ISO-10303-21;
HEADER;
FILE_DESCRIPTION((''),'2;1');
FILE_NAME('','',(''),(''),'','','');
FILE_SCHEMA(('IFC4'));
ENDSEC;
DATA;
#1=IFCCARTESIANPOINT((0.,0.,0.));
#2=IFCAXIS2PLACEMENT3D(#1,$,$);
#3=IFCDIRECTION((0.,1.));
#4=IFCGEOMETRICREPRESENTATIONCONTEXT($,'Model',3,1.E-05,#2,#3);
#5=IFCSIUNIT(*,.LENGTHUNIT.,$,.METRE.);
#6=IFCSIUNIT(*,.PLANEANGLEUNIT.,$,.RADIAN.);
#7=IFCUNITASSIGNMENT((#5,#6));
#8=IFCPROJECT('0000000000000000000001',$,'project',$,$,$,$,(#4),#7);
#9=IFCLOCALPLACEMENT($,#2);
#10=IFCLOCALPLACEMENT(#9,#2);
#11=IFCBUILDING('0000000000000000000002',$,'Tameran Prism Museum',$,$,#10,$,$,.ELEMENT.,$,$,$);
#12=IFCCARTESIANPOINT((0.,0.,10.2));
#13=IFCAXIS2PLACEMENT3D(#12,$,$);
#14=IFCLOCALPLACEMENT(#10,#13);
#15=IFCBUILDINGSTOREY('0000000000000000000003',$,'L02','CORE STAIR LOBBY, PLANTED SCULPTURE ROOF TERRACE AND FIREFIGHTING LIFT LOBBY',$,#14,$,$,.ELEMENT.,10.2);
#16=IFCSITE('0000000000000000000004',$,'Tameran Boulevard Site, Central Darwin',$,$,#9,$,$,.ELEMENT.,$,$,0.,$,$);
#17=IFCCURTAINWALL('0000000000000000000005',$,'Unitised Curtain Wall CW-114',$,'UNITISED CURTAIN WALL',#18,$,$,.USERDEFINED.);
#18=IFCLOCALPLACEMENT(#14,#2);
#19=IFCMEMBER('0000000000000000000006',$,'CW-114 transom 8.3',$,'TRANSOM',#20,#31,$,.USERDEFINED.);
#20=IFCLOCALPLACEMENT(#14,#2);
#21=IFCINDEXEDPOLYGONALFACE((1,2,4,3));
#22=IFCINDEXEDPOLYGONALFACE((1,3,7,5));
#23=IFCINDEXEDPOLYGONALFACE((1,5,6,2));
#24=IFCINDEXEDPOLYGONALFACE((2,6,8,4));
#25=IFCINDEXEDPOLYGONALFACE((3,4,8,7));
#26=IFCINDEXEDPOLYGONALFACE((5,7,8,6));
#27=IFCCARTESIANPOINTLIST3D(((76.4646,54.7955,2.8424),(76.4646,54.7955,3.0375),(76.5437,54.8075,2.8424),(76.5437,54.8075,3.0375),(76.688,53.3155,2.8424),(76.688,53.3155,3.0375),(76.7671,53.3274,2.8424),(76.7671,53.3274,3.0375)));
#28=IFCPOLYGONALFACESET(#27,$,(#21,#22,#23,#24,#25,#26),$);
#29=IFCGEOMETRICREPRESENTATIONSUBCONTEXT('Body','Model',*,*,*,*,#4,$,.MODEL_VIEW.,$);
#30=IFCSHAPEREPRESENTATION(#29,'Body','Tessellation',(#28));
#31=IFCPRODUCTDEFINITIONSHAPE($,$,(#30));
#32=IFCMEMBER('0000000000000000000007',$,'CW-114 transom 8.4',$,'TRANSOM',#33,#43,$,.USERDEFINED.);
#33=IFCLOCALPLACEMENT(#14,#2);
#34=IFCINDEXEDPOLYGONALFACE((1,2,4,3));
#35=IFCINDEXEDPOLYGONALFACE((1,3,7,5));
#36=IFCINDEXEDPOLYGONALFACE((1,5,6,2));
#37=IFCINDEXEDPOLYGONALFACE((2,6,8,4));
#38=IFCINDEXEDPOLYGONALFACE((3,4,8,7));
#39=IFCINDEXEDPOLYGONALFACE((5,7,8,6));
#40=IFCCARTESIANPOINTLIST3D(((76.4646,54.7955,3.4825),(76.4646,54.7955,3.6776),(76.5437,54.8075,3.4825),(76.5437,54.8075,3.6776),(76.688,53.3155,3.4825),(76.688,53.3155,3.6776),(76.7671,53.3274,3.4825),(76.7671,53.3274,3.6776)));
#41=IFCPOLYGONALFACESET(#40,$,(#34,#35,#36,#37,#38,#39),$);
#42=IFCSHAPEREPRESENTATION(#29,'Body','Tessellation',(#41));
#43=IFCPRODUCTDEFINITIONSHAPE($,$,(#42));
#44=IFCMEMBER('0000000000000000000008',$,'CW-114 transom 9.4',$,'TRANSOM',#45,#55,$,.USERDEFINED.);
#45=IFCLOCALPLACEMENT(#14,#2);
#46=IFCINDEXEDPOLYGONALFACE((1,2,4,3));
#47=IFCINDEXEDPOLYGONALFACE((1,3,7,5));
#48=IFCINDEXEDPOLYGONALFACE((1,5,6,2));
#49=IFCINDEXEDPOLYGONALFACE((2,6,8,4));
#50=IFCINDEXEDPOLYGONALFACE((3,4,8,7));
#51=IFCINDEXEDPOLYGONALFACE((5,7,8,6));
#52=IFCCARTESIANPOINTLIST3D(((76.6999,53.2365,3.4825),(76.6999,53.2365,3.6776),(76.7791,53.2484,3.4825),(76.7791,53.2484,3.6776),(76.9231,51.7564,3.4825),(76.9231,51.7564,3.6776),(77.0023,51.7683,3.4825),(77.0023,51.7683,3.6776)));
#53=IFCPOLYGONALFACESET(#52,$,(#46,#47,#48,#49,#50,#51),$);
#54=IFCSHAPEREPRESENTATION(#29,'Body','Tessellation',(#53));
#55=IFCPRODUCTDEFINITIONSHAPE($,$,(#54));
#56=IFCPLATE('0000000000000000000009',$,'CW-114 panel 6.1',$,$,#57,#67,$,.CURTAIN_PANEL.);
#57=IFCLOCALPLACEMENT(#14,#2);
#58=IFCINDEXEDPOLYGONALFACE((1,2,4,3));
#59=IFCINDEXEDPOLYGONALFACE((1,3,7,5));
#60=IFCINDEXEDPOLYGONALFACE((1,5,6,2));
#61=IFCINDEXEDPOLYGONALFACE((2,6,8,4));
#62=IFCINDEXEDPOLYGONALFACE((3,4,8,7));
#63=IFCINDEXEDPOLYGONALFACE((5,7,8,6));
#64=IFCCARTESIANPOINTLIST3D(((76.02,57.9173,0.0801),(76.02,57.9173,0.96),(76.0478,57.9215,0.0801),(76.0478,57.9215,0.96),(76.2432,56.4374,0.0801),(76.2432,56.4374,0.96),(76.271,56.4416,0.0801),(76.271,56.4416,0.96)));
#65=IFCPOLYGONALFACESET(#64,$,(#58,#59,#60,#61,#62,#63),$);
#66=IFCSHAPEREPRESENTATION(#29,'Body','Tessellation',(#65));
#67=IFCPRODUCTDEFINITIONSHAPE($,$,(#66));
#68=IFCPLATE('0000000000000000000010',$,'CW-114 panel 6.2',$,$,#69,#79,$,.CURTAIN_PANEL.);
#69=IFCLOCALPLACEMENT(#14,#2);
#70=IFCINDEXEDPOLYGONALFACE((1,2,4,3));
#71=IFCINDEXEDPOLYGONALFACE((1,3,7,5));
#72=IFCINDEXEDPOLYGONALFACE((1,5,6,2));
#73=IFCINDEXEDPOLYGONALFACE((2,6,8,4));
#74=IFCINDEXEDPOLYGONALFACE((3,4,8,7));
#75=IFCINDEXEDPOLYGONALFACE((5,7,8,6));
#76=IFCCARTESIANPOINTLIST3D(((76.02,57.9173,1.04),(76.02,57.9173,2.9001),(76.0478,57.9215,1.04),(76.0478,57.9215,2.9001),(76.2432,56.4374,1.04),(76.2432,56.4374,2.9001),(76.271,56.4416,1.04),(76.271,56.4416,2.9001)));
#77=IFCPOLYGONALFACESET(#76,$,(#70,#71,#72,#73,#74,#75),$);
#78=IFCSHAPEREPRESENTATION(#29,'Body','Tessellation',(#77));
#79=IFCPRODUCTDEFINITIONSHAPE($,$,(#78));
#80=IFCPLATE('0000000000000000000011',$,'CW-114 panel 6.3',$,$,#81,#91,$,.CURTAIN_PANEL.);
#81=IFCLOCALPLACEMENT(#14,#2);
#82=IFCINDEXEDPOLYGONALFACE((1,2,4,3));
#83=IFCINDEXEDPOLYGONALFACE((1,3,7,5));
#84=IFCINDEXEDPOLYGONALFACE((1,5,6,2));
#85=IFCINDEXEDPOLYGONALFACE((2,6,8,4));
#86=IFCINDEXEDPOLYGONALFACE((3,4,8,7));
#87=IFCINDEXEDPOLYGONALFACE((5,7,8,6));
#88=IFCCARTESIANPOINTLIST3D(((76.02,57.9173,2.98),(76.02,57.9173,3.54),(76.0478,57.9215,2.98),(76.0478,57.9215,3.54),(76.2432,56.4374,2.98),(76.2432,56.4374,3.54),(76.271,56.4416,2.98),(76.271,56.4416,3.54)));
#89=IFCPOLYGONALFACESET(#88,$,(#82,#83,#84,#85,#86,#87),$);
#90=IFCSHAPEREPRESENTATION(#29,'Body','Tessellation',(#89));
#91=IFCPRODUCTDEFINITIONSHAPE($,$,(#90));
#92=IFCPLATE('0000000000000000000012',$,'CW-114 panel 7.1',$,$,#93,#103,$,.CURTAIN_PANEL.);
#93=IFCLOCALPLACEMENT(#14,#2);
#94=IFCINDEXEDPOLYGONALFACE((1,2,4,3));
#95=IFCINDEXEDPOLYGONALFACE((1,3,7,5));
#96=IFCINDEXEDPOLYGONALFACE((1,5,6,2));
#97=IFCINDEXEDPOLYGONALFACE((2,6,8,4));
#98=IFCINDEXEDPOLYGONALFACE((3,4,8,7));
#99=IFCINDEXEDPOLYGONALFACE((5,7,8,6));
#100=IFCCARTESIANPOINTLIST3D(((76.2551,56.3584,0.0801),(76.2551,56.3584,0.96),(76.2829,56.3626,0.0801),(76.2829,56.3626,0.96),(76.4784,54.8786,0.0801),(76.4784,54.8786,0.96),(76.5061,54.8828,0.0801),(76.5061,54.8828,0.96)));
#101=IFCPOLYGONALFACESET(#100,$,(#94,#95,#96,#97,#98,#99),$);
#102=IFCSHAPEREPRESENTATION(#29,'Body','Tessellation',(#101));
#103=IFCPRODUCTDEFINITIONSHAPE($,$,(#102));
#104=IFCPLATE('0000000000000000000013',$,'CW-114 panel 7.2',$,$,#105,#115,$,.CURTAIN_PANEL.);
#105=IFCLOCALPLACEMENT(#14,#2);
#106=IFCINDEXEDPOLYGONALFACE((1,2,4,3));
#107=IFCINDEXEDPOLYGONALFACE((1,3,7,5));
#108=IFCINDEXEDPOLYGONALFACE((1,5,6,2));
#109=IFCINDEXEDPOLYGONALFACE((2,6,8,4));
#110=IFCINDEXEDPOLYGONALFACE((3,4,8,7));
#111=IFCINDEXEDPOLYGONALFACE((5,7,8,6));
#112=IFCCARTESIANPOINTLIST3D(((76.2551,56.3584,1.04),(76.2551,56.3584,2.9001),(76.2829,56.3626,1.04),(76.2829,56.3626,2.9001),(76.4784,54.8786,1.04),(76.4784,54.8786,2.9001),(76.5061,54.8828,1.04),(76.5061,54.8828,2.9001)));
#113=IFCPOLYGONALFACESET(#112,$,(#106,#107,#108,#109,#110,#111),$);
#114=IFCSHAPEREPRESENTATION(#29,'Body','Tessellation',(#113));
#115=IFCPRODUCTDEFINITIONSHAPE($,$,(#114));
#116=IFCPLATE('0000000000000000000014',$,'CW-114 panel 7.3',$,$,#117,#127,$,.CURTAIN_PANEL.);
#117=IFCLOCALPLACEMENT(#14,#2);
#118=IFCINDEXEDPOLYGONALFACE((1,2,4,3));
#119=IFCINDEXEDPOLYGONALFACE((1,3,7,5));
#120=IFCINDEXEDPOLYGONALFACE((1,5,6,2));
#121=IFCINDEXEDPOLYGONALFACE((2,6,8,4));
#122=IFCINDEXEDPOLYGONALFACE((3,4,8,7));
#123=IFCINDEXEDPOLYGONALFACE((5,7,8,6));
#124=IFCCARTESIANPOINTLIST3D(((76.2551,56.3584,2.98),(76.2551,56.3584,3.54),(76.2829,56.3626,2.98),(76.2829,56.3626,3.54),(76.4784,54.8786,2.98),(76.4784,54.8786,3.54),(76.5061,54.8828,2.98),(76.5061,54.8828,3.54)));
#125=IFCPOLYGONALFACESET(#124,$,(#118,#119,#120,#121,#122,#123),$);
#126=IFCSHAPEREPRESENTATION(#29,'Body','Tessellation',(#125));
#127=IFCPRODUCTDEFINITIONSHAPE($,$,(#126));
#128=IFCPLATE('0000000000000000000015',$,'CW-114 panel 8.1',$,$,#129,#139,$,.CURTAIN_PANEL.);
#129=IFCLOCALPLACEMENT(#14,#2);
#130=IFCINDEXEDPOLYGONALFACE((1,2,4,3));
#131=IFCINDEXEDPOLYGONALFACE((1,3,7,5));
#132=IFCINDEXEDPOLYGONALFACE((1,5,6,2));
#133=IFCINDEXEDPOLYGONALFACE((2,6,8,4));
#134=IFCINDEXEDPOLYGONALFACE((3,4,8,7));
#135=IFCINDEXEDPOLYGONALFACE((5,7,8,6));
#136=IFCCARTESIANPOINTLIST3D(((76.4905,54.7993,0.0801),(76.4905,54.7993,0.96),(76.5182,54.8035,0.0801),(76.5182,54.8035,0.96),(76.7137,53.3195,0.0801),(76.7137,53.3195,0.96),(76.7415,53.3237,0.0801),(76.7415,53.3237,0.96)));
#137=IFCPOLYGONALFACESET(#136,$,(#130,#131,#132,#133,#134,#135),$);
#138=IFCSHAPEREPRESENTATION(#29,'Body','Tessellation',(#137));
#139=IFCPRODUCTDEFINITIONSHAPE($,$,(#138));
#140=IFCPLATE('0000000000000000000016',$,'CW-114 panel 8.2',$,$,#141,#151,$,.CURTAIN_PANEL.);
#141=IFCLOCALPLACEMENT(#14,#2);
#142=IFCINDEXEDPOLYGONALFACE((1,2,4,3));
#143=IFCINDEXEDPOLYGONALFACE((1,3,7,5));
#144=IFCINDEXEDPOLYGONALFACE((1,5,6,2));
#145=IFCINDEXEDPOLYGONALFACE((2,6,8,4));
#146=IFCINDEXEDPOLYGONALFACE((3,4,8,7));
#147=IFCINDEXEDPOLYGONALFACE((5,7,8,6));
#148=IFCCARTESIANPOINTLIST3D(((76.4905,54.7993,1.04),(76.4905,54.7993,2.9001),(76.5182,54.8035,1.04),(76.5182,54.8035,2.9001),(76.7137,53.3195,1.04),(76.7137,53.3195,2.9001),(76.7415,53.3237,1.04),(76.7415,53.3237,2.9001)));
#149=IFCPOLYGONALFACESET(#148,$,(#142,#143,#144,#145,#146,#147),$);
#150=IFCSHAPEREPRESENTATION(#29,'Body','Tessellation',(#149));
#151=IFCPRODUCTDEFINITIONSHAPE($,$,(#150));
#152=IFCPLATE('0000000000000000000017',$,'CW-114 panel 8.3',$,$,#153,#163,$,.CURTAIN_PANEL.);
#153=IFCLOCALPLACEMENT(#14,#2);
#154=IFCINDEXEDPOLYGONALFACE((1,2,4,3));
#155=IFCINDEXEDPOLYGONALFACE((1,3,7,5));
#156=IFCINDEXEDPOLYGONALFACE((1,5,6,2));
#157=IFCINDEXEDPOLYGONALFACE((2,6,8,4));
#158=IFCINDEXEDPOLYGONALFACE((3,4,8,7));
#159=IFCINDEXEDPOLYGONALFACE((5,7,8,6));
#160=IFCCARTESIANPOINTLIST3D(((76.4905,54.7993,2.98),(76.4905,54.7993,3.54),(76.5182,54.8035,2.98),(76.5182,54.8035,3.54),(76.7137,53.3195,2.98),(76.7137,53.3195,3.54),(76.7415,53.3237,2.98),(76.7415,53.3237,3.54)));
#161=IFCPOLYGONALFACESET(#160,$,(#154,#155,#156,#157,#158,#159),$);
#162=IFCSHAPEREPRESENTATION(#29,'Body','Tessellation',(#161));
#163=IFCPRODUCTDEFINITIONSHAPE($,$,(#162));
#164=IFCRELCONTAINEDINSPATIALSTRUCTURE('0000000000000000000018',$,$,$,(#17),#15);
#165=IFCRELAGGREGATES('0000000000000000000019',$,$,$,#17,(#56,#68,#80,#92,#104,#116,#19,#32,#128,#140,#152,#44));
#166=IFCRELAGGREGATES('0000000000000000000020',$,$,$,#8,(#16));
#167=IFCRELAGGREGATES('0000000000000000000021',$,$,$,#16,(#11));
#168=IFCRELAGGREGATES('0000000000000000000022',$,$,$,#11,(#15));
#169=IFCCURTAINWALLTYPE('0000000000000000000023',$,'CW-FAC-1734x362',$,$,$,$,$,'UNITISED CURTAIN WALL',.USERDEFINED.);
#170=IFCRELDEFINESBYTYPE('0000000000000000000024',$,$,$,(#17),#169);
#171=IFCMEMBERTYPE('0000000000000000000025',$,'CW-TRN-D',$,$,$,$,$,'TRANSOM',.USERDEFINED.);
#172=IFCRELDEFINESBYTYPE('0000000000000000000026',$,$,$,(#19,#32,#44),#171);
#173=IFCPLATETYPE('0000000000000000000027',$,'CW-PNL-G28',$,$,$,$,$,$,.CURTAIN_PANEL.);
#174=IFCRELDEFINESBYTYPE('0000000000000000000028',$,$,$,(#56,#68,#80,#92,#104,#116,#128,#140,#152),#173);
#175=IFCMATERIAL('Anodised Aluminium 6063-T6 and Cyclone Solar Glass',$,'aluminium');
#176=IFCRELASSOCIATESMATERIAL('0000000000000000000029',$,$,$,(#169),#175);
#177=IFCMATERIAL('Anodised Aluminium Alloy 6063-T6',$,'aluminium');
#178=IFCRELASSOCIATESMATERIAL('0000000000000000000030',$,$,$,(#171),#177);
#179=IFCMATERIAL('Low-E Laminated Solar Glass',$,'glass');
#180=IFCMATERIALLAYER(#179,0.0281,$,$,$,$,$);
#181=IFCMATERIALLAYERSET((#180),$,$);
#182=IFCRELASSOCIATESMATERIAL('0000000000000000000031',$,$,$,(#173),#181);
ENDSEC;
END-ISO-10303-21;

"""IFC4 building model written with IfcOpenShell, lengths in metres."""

from ifc_helpers import new_model, si_unit, direction, frame, origin, origin_2d, place, context, subcontext, project, spatial, rectangle, extrude, material, layer, layer_set, material_profile, profile_set, type_object, element, aggregate, save


model = new_model("IFC4")

# Units and contexts
model_context = context("Model", 3, precision=1e-05, world=origin(), true_north=direction((0.0, 1.0)))
body_context = subcontext(model_context, "Body", "Model", "MODEL_VIEW")
ifc_project = project(units=[si_unit("LENGTHUNIT", "METRE"), si_unit("PLANEANGLEUNIT", "RADIAN")], contexts=[model_context])

# Site, building, storey
site_placement = place(None, origin())
site = spatial("IfcSite", under=ifc_project, at=site_placement, Name="Tameran Boulevard Site, Central Darwin", CompositionType="ELEMENT", RefElevation=0.0)
building_placement = place(site_placement, origin())
building = spatial("IfcBuilding", under=site, at=building_placement, Name="Tameran Prism Museum", CompositionType="ELEMENT")
storey_placement = place(building_placement, frame((0.0, 0.0, 10.2)))
storey = spatial("IfcBuildingStorey", under=building, at=storey_placement, Name="L02", Description="CORE STAIR LOBBY, PLANTED SCULPTURE ROOF TERRACE AND FIREFIGHTING LIFT LOBBY", CompositionType="ELEMENT", Elevation=10.2)

# Curtain wall, members, plates
ifc_material_1 = material(Name="Anodised Aluminium 6063-T6 and Cyclone Solar Glass", Category="aluminium")
curtain_wall_type = type_object("IfcCurtainWallType", Name="CW-FAC-1734x362", ElementType="UNITISED CURTAIN WALL", PredefinedType="USERDEFINED", material=ifc_material_1)
curtain_wall_placement = place(storey_placement, origin())
curtain_wall = element("IfcCurtainWall", 1, at=curtain_wall_placement, inside=storey, type_object=curtain_wall_type, Name="Unitised Curtain Wall CW-114", ObjectType="UNITISED CURTAIN WALL", PredefinedType="USERDEFINED")
ifc_material_2 = material(Name="Anodised Aluminium Alloy 6063-T6", Category="aluminium")
ifc_material_profile_1 = material_profile(ifc_material_2, rectangle(XDim=0.0801, YDim=0.1951, at=origin_2d()))
ifc_profile_set_1 = profile_set([ifc_material_profile_1])
member_type_1 = type_object("IfcMemberType", Name="CW-TRN-D", ElementType="TRANSOM", PredefinedType="USERDEFINED", material=ifc_profile_set_1)
member_1_placement = place(storey_placement, frame((76.5042, 54.8015, 2.9399), z_axis=(0.14925, -0.9888, 0.0), x_axis=(0.9888, 0.14925, 0.0)))
member_1 = element("IfcMember", 2, at=member_1_placement, type_object=member_type_1, Name="CW-114 transom 8.3", ObjectType="TRANSOM", PredefinedType="USERDEFINED", context=body_context, shape_type="SweptSolid", body=[
    extrude(rectangle(XDim=0.0801, YDim=0.1951, at=origin_2d()), origin(), (0.0, 0.0, 1.0), 1.4968),
])
member_2_placement = place(storey_placement, frame((76.5042, 54.8015, 3.5801), z_axis=(0.14925, -0.9888, 0.0), x_axis=(0.9888, 0.14925, 0.0)))
member_2 = element("IfcMember", 3, at=member_2_placement, type_object=member_type_1, Name="CW-114 transom 8.4", ObjectType="TRANSOM", PredefinedType="USERDEFINED", context=body_context, shape_type="SweptSolid", body=[
    extrude(rectangle(XDim=0.0801, YDim=0.1951, at=origin_2d()), origin(), (0.0, 0.0, 1.0), 1.4968),
])
member_3_placement = place(storey_placement, frame((76.7395, 53.2424, 3.5801), z_axis=(0.14909, -0.988824, 0.0), x_axis=(0.988824, 0.14909, 0.0)))
member_3 = element("IfcMember", 4, at=member_3_placement, type_object=member_type_1, Name="CW-114 transom 9.4", ObjectType="TRANSOM", PredefinedType="USERDEFINED", context=body_context, shape_type="SweptSolid", body=[
    extrude(rectangle(XDim=0.0801, YDim=0.1951, at=origin_2d()), origin(), (0.0, 0.0, 1.0), 1.4968),
])
ifc_material_3 = material(Name="Low-E Laminated Solar Glass", Category="glass")
ifc_layer = layer(ifc_material_3, 0.0281)
ifc_layer_set = layer_set([ifc_layer])
plate_type = type_object("IfcPlateType", Name="CW-PNL-G28", PredefinedType="CURTAIN_PANEL", material=ifc_layer_set)
plate_1_placement = place(storey_placement, frame((76.1455, 57.1794, 0.0801), z_axis=(0.0, 0.0, 1.0), x_axis=(0.149167, -0.988812, 0.0)))
plate_1 = element("IfcPlate", 5, at=plate_1_placement, type_object=plate_type, Name="CW-114 panel 6.1", PredefinedType="CURTAIN_PANEL", context=body_context, shape_type="SweptSolid", body=[
    extrude(rectangle(XDim=1.4966, YDim=0.0281, at=origin_2d()), origin(), (0.0, 0.0, 1.0), 0.8799),
])
plate_2_placement = place(storey_placement, frame((76.1455, 57.1794, 1.04), z_axis=(0.0, 0.0, 1.0), x_axis=(0.149167, -0.988812, 0.0)))
plate_2 = element("IfcPlate", 6, at=plate_2_placement, type_object=plate_type, Name="CW-114 panel 6.2", PredefinedType="CURTAIN_PANEL", context=body_context, shape_type="SweptSolid", body=[
    extrude(rectangle(XDim=1.4966, YDim=0.0281, at=origin_2d()), origin(), (0.0, 0.0, 1.0), 1.8601),
])
plate_3_placement = place(storey_placement, frame((76.1455, 57.1794, 2.98), z_axis=(0.0, 0.0, 1.0), x_axis=(0.149167, -0.988812, 0.0)))
plate_3 = element("IfcPlate", 7, at=plate_3_placement, type_object=plate_type, Name="CW-114 panel 6.3", PredefinedType="CURTAIN_PANEL", context=body_context, shape_type="SweptSolid", body=[
    extrude(rectangle(XDim=1.4966, YDim=0.0281, at=origin_2d()), origin(), (0.0, 0.0, 1.0), 0.5601),
])
plate_4_placement = place(storey_placement, frame((76.3806, 55.6206, 0.0801), z_axis=(0.0, 0.0, 1.0), x_axis=(0.149167, -0.988812, 0.0)))
plate_4 = element("IfcPlate", 8, at=plate_4_placement, type_object=plate_type, Name="CW-114 panel 7.1", PredefinedType="CURTAIN_PANEL", context=body_context, shape_type="SweptSolid", body=[
    extrude(rectangle(XDim=1.4966, YDim=0.0281, at=origin_2d()), origin(), (0.0, 0.0, 1.0), 0.8799),
])
plate_5_placement = place(storey_placement, frame((76.3806, 55.6206, 1.04), z_axis=(0.0, 0.0, 1.0), x_axis=(0.149167, -0.988812, 0.0)))
plate_5 = element("IfcPlate", 9, at=plate_5_placement, type_object=plate_type, Name="CW-114 panel 7.2", PredefinedType="CURTAIN_PANEL", context=body_context, shape_type="SweptSolid", body=[
    extrude(rectangle(XDim=1.4966, YDim=0.0281, at=origin_2d()), origin(), (0.0, 0.0, 1.0), 1.8601),
])
plate_6_placement = place(storey_placement, frame((76.3806, 55.6206, 2.98), z_axis=(0.0, 0.0, 1.0), x_axis=(0.149167, -0.988812, 0.0)))
plate_6 = element("IfcPlate", 10, at=plate_6_placement, type_object=plate_type, Name="CW-114 panel 7.3", PredefinedType="CURTAIN_PANEL", context=body_context, shape_type="SweptSolid", body=[
    extrude(rectangle(XDim=1.4966, YDim=0.0281, at=origin_2d()), origin(), (0.0, 0.0, 1.0), 0.5601),
])
plate_7_placement = place(storey_placement, frame((76.616, 54.0615, 0.0801), z_axis=(0.0, 0.0, 1.0), x_axis=(0.149167, -0.988812, 0.0)))
plate_7 = element("IfcPlate", 11, at=plate_7_placement, type_object=plate_type, Name="CW-114 panel 8.1", PredefinedType="CURTAIN_PANEL", context=body_context, shape_type="SweptSolid", body=[
    extrude(rectangle(XDim=1.4966, YDim=0.0281, at=origin_2d()), origin(), (0.0, 0.0, 1.0), 0.8799),
])
plate_8_placement = place(storey_placement, frame((76.616, 54.0615, 1.04), z_axis=(0.0, 0.0, 1.0), x_axis=(0.149167, -0.988812, 0.0)))
plate_8 = element("IfcPlate", 12, at=plate_8_placement, type_object=plate_type, Name="CW-114 panel 8.2", PredefinedType="CURTAIN_PANEL", context=body_context, shape_type="SweptSolid", body=[
    extrude(rectangle(XDim=1.4966, YDim=0.0281, at=origin_2d()), origin(), (0.0, 0.0, 1.0), 1.8601),
])
plate_9_placement = place(storey_placement, frame((76.616, 54.0615, 2.98), z_axis=(0.0, 0.0, 1.0), x_axis=(0.149167, -0.988812, 0.0)))
plate_9 = element("IfcPlate", 13, at=plate_9_placement, type_object=plate_type, Name="CW-114 panel 8.3", PredefinedType="CURTAIN_PANEL", context=body_context, shape_type="SweptSolid", body=[
    extrude(rectangle(XDim=1.4966, YDim=0.0281, at=origin_2d()), origin(), (0.0, 0.0, 1.0), 0.5601),
])
aggregate(curtain_wall, [plate_1, plate_2, plate_3, plate_4, plate_5, plate_6, member_1, member_2, plate_7, plate_8, plate_9, member_3])

save(model, "model.ifc")
